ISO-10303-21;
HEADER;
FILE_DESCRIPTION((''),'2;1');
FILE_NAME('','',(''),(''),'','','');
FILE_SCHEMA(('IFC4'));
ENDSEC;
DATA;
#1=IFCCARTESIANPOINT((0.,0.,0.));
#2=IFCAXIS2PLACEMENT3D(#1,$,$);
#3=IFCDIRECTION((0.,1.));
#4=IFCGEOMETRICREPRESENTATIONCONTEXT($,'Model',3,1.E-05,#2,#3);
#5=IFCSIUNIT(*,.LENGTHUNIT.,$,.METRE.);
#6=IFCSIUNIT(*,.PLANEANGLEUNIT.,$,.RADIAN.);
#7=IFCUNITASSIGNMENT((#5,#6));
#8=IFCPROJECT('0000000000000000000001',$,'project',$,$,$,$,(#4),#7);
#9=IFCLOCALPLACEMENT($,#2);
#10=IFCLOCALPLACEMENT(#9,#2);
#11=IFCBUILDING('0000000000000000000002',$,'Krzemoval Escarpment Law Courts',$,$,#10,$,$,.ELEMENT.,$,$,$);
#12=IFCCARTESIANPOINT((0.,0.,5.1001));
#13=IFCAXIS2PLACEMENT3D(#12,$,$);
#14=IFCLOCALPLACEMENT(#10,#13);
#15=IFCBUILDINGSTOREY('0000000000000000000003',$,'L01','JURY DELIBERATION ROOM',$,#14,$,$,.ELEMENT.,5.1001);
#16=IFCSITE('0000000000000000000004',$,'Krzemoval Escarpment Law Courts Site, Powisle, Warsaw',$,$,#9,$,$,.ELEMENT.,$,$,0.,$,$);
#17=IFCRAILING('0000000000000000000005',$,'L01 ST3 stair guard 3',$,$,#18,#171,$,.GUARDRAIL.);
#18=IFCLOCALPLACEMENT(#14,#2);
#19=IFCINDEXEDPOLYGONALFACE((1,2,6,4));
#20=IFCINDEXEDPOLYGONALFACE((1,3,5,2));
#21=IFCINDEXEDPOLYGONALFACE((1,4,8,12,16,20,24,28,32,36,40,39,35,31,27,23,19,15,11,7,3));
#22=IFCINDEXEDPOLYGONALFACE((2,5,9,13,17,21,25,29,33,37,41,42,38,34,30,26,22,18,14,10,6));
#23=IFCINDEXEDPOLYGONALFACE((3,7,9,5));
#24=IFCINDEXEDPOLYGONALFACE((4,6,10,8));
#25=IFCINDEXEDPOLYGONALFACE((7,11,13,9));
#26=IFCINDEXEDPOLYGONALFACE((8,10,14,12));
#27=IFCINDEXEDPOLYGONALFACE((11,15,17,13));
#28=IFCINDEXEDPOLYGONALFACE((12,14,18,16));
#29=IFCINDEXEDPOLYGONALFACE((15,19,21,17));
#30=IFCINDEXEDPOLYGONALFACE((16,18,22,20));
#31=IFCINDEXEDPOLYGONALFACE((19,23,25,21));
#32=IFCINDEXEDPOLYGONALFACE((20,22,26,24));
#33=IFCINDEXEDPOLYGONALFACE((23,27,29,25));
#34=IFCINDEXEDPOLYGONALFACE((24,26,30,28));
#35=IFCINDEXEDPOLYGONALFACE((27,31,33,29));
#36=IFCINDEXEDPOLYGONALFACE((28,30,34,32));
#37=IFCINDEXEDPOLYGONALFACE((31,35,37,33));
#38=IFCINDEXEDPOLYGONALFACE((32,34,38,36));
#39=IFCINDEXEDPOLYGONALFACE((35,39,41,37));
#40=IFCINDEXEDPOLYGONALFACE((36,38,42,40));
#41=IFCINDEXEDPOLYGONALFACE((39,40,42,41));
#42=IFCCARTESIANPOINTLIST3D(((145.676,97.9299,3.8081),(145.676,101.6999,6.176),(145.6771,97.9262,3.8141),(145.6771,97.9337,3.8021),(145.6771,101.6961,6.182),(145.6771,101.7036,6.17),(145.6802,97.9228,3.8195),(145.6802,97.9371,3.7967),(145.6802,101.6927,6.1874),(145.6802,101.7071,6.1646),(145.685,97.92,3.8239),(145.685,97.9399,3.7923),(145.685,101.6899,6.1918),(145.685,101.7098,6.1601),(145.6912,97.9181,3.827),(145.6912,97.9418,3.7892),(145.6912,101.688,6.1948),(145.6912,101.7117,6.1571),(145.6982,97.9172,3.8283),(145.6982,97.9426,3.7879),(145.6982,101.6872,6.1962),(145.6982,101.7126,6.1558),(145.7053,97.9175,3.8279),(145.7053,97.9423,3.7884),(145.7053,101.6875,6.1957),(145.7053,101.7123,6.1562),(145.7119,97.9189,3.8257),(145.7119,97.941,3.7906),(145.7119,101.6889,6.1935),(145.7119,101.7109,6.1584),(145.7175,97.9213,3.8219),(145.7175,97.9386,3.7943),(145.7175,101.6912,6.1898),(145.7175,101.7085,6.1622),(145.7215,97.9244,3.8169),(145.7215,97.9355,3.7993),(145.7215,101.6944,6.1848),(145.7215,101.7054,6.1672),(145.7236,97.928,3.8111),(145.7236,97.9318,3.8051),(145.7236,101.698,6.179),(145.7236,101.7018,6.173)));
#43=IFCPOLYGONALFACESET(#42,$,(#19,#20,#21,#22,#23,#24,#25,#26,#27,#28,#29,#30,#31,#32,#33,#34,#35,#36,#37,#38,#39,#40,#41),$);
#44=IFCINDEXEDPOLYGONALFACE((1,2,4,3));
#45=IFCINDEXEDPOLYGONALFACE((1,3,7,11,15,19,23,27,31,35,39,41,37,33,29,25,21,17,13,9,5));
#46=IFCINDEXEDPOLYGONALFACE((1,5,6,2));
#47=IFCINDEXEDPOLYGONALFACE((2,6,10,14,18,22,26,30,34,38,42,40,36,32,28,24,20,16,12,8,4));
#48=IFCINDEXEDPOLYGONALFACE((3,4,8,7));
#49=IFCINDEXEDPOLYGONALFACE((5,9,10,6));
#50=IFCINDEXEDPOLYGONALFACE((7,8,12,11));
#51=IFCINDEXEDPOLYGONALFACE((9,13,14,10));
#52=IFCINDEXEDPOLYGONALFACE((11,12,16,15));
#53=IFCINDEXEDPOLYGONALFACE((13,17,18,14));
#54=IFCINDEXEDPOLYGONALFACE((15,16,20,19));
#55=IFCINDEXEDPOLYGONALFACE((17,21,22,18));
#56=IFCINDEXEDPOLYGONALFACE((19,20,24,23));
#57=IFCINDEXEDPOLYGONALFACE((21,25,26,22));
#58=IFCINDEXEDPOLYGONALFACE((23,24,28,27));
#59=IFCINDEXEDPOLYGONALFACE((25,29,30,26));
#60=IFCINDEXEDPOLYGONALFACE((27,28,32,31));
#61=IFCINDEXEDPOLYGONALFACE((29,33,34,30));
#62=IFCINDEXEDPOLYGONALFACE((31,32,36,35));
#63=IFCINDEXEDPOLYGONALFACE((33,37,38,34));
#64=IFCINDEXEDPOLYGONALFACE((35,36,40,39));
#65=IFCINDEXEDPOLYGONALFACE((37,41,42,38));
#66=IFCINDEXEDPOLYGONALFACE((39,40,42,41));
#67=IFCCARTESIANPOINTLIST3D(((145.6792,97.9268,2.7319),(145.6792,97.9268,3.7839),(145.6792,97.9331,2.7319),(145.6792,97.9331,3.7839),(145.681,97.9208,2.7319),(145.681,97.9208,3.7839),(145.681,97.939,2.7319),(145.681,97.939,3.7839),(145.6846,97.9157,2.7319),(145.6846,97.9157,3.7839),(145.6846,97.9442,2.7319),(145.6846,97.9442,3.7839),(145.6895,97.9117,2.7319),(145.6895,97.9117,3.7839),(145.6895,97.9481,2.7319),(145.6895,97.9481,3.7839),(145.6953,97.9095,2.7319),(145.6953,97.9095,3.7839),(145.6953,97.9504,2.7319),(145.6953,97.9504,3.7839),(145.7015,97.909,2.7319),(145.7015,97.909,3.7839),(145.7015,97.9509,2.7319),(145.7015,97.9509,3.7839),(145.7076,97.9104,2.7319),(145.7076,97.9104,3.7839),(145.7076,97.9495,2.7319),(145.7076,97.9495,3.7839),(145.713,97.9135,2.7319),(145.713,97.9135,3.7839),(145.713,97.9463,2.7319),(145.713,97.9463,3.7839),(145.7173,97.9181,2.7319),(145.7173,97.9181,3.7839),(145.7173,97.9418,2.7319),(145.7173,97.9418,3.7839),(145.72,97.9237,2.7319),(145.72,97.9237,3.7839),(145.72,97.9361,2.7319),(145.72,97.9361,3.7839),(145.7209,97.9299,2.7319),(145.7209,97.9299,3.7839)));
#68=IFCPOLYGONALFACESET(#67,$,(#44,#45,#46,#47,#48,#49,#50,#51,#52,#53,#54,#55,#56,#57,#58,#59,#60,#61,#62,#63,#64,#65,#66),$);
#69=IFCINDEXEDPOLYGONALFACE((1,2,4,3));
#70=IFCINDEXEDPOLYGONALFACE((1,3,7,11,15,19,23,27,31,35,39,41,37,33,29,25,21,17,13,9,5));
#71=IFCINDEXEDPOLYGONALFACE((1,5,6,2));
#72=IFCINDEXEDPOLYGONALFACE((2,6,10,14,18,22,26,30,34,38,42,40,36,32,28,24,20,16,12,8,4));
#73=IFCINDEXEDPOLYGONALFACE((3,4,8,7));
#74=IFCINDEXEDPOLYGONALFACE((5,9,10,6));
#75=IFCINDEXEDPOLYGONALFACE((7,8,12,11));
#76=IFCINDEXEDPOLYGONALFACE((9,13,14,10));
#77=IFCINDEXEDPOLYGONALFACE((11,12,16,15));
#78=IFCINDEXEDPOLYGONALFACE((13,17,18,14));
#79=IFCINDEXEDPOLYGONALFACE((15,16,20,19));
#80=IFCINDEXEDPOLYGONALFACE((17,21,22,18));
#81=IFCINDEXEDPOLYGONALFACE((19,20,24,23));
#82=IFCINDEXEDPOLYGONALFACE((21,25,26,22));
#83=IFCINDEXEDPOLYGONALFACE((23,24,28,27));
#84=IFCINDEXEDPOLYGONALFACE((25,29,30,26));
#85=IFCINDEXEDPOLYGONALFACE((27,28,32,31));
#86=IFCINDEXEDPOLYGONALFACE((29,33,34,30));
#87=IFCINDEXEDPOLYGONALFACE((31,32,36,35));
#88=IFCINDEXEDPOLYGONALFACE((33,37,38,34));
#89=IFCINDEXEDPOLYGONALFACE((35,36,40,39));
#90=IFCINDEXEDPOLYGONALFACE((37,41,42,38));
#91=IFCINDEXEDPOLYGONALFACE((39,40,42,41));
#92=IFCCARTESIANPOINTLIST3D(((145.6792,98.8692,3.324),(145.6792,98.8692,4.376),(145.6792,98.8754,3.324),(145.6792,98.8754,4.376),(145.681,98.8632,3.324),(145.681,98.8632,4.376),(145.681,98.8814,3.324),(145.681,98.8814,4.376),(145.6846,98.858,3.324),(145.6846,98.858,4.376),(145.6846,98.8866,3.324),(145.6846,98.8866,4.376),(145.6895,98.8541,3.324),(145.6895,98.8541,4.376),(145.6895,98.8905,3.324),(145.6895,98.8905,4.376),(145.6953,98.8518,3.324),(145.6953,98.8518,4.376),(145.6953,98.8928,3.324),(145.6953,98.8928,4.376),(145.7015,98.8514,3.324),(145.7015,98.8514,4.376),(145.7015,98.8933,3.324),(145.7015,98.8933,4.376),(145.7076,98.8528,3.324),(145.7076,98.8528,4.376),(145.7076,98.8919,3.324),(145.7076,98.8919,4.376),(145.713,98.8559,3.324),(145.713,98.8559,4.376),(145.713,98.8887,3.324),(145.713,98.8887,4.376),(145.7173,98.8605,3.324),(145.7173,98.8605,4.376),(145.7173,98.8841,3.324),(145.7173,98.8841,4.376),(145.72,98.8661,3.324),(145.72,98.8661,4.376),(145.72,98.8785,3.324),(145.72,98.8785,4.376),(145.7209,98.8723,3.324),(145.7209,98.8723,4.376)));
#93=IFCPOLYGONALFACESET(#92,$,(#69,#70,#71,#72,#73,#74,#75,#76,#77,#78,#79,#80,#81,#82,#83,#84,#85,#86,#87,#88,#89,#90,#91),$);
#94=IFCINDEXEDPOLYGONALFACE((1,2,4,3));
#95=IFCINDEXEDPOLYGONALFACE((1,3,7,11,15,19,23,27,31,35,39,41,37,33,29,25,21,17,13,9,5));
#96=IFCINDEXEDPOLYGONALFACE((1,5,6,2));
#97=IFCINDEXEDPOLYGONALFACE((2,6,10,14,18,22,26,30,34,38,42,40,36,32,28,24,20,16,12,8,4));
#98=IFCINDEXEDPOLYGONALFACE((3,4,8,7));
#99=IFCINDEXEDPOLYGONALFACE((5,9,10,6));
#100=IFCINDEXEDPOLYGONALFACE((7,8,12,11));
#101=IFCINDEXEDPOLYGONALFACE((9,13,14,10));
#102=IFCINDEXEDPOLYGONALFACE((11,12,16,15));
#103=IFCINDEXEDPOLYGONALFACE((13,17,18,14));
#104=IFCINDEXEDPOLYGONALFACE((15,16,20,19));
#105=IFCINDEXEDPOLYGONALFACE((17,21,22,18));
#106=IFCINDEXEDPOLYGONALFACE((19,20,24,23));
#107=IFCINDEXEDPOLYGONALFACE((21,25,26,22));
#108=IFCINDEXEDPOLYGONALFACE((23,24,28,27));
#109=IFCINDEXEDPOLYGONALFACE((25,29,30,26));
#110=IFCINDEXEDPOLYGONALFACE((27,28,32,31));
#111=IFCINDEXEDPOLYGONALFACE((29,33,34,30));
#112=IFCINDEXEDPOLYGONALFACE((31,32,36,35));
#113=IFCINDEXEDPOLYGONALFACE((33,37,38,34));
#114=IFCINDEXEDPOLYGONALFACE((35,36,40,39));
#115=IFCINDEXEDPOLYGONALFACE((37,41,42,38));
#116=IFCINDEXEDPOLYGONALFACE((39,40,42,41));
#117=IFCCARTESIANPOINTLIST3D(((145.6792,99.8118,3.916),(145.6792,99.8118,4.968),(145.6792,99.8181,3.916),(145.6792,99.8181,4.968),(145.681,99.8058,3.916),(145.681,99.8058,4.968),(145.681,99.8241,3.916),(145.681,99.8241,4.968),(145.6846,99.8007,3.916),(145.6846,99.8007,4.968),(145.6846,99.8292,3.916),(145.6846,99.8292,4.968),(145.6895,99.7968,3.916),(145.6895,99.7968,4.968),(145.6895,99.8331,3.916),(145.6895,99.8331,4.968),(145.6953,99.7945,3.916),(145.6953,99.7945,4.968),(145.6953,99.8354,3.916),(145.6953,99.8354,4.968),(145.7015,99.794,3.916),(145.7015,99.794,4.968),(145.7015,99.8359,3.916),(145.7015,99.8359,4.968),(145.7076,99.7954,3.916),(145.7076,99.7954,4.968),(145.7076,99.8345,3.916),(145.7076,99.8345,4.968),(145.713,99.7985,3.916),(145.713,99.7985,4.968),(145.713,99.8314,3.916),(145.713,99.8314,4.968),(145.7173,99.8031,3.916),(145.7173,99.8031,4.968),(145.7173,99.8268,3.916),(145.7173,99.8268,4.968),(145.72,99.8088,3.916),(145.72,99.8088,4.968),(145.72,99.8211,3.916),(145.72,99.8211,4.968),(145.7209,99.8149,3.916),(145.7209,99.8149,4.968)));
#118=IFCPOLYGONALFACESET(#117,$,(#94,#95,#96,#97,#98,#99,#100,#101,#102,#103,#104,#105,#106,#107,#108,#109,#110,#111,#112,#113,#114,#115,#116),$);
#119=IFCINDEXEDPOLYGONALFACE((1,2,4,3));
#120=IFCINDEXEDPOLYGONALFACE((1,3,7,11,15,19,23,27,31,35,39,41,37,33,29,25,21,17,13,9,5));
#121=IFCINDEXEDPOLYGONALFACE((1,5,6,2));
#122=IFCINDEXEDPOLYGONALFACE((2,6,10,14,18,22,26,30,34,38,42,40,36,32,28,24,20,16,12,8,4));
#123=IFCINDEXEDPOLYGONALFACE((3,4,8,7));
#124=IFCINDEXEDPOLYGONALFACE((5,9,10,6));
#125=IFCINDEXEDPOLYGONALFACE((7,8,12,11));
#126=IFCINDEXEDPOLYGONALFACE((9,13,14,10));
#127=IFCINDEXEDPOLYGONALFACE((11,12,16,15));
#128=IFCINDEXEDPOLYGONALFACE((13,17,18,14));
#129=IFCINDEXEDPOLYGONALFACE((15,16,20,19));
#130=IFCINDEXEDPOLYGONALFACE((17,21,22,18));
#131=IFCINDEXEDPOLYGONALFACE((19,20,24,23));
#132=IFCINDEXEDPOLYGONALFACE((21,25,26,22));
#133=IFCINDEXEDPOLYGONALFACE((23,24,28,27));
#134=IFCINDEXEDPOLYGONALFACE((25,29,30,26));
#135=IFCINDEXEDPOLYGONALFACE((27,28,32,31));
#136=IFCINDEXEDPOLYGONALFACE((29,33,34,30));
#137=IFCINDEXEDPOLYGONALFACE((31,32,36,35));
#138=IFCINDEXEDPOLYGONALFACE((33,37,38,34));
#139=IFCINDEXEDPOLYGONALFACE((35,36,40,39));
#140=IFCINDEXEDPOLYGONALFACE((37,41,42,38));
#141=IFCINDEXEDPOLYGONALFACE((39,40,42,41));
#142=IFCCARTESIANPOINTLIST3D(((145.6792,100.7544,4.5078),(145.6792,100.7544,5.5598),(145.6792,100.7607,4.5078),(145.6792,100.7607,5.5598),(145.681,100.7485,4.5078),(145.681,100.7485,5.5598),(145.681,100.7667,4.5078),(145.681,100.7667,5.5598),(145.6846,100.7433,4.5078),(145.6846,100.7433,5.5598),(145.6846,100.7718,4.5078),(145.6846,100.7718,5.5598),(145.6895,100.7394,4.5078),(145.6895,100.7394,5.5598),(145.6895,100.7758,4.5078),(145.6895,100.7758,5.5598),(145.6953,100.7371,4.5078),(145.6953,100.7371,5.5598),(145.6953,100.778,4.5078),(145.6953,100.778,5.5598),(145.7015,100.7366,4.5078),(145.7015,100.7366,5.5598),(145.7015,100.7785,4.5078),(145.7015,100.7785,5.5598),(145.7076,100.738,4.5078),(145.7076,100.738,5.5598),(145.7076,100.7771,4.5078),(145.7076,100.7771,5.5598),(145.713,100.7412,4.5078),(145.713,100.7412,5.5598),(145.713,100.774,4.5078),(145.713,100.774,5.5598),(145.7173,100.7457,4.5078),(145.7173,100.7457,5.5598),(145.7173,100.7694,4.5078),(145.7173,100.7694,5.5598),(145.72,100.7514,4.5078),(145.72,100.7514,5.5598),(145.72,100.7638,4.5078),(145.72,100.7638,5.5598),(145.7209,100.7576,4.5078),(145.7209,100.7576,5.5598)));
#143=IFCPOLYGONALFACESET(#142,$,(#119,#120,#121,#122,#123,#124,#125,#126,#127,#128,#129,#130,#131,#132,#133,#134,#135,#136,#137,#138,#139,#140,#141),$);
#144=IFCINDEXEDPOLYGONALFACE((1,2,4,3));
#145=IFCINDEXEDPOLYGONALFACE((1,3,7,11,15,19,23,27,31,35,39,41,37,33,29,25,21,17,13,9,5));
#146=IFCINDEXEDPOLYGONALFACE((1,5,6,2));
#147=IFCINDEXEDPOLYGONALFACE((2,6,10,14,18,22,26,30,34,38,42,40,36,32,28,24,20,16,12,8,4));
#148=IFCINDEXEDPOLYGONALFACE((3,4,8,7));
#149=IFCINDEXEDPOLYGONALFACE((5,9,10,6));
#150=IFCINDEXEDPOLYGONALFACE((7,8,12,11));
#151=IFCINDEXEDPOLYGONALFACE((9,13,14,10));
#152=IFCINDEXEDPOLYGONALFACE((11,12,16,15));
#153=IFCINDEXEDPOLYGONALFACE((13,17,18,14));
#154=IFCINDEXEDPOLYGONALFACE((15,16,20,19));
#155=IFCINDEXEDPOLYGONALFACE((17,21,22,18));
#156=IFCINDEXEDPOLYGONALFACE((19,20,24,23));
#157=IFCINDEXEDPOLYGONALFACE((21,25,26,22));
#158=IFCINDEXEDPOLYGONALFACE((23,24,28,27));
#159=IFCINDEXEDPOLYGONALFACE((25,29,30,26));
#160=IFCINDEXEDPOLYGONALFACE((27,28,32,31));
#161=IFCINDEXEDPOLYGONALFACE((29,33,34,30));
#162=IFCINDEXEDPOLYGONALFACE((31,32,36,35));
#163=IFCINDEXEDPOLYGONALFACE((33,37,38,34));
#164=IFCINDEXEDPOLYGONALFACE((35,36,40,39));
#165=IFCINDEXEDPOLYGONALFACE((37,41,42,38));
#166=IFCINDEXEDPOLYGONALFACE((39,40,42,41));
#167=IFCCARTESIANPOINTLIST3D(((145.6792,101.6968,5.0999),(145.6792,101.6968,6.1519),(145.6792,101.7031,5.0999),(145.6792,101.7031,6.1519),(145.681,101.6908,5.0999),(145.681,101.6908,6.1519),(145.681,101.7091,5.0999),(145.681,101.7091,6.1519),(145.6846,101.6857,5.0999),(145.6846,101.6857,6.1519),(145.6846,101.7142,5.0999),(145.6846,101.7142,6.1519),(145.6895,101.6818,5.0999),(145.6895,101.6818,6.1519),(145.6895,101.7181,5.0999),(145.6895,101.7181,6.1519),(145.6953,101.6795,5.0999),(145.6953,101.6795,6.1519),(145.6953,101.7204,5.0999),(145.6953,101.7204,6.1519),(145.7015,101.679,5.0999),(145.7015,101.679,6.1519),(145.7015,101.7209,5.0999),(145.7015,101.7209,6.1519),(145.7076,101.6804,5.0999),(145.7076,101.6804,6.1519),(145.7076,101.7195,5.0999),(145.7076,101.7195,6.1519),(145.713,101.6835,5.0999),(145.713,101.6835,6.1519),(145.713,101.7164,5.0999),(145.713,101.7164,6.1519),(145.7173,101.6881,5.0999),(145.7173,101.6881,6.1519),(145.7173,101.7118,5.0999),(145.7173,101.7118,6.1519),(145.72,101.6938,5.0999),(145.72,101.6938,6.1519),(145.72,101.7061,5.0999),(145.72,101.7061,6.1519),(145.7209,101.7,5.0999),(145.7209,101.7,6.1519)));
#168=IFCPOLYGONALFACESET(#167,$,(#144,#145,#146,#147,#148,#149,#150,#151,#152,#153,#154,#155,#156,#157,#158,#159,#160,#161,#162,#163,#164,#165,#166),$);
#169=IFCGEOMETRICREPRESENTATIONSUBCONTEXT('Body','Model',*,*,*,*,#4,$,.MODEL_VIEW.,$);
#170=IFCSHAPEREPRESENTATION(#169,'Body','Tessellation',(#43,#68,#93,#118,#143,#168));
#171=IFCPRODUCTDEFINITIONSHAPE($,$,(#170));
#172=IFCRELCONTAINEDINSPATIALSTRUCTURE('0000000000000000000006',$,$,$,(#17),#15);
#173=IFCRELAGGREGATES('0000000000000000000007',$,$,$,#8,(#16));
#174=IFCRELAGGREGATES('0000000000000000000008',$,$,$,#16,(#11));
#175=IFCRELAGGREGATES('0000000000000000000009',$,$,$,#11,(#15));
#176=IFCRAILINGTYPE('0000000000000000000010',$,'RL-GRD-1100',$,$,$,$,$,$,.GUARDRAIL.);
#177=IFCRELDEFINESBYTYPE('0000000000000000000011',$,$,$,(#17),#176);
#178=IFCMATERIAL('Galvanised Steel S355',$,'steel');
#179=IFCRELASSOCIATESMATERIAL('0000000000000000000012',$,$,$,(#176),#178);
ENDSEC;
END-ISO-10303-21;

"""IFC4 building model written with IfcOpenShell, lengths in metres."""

from ifc_helpers import new_model, si_unit, direction, frame, origin, origin_2d, place, context, subcontext, project, spatial, circle, extrude, material, type_object, element, save


model = new_model("IFC4")

# Units and contexts
model_context = context("Model", 3, precision=1e-05, world=origin(), true_north=direction((0.0, 1.0)))
body_context = subcontext(model_context, "Body", "Model", "MODEL_VIEW")
ifc_project = project(units=[si_unit("LENGTHUNIT", "METRE"), si_unit("PLANEANGLEUNIT", "RADIAN")], contexts=[model_context])

# Site, building, storey
site_placement = place(None, origin())
site = spatial("IfcSite", under=ifc_project, at=site_placement, Name="Krzemoval Escarpment Law Courts Site, Powisle, Warsaw", CompositionType="ELEMENT", RefElevation=0.0)
building_placement = place(site_placement, origin())
building = spatial("IfcBuilding", under=site, at=building_placement, Name="Krzemoval Escarpment Law Courts", CompositionType="ELEMENT")
storey_placement = place(building_placement, frame((0.0, 0.0, 5.1001)))
storey = spatial("IfcBuildingStorey", under=building, at=storey_placement, Name="L01", Description="JURY DELIBERATION ROOM", CompositionType="ELEMENT", Elevation=5.1001)

# Railing
ifc_material_1 = material(Name="Galvanised Steel S355", Category="steel")
railing_type_1 = type_object("IfcRailingType", Name="RL-GRD-1100", PredefinedType="GUARDRAIL", material=ifc_material_1)
railing_1_placement = place(storey_placement, frame((145.7, 97.9299, 2.7319)))
element("IfcRailing", 1, at=railing_1_placement, inside=storey, type_object=railing_type_1, Name="L01 ST3 stair guard 3", PredefinedType="GUARDRAIL", context=body_context, shape_type="SweptSolid", body=[
    extrude(circle(Radius=0.0239, at=origin_2d()), frame((0.0, 0.0, 1.0762), z_axis=(0.0, 0.846819, 0.531881), x_axis=(-1.0, 0.0, 0.0)), (0.0, 0.0, 1.0), 4.4519),
    extrude(circle(Radius=0.021, at=origin_2d()), origin(), (0.0, 0.0, 1.0), 1.052),
    extrude(circle(Radius=0.021, at=origin_2d()), frame((0.0, 0.9424, 0.592)), (0.0, 0.0, 1.0), 1.052),
    extrude(circle(Radius=0.021, at=origin_2d()), frame((0.0, 1.885, 1.1841)), (0.0, 0.0, 1.0), 1.052),
    extrude(circle(Radius=0.021, at=origin_2d()), frame((0.0, 2.8276, 1.7759)), (0.0, 0.0, 1.0), 1.052),
    extrude(circle(Radius=0.021, at=origin_2d()), frame((0.0, 3.77, 2.3679)), (0.0, 0.0, 1.0), 1.052),
])

save(model, "model.ifc")
